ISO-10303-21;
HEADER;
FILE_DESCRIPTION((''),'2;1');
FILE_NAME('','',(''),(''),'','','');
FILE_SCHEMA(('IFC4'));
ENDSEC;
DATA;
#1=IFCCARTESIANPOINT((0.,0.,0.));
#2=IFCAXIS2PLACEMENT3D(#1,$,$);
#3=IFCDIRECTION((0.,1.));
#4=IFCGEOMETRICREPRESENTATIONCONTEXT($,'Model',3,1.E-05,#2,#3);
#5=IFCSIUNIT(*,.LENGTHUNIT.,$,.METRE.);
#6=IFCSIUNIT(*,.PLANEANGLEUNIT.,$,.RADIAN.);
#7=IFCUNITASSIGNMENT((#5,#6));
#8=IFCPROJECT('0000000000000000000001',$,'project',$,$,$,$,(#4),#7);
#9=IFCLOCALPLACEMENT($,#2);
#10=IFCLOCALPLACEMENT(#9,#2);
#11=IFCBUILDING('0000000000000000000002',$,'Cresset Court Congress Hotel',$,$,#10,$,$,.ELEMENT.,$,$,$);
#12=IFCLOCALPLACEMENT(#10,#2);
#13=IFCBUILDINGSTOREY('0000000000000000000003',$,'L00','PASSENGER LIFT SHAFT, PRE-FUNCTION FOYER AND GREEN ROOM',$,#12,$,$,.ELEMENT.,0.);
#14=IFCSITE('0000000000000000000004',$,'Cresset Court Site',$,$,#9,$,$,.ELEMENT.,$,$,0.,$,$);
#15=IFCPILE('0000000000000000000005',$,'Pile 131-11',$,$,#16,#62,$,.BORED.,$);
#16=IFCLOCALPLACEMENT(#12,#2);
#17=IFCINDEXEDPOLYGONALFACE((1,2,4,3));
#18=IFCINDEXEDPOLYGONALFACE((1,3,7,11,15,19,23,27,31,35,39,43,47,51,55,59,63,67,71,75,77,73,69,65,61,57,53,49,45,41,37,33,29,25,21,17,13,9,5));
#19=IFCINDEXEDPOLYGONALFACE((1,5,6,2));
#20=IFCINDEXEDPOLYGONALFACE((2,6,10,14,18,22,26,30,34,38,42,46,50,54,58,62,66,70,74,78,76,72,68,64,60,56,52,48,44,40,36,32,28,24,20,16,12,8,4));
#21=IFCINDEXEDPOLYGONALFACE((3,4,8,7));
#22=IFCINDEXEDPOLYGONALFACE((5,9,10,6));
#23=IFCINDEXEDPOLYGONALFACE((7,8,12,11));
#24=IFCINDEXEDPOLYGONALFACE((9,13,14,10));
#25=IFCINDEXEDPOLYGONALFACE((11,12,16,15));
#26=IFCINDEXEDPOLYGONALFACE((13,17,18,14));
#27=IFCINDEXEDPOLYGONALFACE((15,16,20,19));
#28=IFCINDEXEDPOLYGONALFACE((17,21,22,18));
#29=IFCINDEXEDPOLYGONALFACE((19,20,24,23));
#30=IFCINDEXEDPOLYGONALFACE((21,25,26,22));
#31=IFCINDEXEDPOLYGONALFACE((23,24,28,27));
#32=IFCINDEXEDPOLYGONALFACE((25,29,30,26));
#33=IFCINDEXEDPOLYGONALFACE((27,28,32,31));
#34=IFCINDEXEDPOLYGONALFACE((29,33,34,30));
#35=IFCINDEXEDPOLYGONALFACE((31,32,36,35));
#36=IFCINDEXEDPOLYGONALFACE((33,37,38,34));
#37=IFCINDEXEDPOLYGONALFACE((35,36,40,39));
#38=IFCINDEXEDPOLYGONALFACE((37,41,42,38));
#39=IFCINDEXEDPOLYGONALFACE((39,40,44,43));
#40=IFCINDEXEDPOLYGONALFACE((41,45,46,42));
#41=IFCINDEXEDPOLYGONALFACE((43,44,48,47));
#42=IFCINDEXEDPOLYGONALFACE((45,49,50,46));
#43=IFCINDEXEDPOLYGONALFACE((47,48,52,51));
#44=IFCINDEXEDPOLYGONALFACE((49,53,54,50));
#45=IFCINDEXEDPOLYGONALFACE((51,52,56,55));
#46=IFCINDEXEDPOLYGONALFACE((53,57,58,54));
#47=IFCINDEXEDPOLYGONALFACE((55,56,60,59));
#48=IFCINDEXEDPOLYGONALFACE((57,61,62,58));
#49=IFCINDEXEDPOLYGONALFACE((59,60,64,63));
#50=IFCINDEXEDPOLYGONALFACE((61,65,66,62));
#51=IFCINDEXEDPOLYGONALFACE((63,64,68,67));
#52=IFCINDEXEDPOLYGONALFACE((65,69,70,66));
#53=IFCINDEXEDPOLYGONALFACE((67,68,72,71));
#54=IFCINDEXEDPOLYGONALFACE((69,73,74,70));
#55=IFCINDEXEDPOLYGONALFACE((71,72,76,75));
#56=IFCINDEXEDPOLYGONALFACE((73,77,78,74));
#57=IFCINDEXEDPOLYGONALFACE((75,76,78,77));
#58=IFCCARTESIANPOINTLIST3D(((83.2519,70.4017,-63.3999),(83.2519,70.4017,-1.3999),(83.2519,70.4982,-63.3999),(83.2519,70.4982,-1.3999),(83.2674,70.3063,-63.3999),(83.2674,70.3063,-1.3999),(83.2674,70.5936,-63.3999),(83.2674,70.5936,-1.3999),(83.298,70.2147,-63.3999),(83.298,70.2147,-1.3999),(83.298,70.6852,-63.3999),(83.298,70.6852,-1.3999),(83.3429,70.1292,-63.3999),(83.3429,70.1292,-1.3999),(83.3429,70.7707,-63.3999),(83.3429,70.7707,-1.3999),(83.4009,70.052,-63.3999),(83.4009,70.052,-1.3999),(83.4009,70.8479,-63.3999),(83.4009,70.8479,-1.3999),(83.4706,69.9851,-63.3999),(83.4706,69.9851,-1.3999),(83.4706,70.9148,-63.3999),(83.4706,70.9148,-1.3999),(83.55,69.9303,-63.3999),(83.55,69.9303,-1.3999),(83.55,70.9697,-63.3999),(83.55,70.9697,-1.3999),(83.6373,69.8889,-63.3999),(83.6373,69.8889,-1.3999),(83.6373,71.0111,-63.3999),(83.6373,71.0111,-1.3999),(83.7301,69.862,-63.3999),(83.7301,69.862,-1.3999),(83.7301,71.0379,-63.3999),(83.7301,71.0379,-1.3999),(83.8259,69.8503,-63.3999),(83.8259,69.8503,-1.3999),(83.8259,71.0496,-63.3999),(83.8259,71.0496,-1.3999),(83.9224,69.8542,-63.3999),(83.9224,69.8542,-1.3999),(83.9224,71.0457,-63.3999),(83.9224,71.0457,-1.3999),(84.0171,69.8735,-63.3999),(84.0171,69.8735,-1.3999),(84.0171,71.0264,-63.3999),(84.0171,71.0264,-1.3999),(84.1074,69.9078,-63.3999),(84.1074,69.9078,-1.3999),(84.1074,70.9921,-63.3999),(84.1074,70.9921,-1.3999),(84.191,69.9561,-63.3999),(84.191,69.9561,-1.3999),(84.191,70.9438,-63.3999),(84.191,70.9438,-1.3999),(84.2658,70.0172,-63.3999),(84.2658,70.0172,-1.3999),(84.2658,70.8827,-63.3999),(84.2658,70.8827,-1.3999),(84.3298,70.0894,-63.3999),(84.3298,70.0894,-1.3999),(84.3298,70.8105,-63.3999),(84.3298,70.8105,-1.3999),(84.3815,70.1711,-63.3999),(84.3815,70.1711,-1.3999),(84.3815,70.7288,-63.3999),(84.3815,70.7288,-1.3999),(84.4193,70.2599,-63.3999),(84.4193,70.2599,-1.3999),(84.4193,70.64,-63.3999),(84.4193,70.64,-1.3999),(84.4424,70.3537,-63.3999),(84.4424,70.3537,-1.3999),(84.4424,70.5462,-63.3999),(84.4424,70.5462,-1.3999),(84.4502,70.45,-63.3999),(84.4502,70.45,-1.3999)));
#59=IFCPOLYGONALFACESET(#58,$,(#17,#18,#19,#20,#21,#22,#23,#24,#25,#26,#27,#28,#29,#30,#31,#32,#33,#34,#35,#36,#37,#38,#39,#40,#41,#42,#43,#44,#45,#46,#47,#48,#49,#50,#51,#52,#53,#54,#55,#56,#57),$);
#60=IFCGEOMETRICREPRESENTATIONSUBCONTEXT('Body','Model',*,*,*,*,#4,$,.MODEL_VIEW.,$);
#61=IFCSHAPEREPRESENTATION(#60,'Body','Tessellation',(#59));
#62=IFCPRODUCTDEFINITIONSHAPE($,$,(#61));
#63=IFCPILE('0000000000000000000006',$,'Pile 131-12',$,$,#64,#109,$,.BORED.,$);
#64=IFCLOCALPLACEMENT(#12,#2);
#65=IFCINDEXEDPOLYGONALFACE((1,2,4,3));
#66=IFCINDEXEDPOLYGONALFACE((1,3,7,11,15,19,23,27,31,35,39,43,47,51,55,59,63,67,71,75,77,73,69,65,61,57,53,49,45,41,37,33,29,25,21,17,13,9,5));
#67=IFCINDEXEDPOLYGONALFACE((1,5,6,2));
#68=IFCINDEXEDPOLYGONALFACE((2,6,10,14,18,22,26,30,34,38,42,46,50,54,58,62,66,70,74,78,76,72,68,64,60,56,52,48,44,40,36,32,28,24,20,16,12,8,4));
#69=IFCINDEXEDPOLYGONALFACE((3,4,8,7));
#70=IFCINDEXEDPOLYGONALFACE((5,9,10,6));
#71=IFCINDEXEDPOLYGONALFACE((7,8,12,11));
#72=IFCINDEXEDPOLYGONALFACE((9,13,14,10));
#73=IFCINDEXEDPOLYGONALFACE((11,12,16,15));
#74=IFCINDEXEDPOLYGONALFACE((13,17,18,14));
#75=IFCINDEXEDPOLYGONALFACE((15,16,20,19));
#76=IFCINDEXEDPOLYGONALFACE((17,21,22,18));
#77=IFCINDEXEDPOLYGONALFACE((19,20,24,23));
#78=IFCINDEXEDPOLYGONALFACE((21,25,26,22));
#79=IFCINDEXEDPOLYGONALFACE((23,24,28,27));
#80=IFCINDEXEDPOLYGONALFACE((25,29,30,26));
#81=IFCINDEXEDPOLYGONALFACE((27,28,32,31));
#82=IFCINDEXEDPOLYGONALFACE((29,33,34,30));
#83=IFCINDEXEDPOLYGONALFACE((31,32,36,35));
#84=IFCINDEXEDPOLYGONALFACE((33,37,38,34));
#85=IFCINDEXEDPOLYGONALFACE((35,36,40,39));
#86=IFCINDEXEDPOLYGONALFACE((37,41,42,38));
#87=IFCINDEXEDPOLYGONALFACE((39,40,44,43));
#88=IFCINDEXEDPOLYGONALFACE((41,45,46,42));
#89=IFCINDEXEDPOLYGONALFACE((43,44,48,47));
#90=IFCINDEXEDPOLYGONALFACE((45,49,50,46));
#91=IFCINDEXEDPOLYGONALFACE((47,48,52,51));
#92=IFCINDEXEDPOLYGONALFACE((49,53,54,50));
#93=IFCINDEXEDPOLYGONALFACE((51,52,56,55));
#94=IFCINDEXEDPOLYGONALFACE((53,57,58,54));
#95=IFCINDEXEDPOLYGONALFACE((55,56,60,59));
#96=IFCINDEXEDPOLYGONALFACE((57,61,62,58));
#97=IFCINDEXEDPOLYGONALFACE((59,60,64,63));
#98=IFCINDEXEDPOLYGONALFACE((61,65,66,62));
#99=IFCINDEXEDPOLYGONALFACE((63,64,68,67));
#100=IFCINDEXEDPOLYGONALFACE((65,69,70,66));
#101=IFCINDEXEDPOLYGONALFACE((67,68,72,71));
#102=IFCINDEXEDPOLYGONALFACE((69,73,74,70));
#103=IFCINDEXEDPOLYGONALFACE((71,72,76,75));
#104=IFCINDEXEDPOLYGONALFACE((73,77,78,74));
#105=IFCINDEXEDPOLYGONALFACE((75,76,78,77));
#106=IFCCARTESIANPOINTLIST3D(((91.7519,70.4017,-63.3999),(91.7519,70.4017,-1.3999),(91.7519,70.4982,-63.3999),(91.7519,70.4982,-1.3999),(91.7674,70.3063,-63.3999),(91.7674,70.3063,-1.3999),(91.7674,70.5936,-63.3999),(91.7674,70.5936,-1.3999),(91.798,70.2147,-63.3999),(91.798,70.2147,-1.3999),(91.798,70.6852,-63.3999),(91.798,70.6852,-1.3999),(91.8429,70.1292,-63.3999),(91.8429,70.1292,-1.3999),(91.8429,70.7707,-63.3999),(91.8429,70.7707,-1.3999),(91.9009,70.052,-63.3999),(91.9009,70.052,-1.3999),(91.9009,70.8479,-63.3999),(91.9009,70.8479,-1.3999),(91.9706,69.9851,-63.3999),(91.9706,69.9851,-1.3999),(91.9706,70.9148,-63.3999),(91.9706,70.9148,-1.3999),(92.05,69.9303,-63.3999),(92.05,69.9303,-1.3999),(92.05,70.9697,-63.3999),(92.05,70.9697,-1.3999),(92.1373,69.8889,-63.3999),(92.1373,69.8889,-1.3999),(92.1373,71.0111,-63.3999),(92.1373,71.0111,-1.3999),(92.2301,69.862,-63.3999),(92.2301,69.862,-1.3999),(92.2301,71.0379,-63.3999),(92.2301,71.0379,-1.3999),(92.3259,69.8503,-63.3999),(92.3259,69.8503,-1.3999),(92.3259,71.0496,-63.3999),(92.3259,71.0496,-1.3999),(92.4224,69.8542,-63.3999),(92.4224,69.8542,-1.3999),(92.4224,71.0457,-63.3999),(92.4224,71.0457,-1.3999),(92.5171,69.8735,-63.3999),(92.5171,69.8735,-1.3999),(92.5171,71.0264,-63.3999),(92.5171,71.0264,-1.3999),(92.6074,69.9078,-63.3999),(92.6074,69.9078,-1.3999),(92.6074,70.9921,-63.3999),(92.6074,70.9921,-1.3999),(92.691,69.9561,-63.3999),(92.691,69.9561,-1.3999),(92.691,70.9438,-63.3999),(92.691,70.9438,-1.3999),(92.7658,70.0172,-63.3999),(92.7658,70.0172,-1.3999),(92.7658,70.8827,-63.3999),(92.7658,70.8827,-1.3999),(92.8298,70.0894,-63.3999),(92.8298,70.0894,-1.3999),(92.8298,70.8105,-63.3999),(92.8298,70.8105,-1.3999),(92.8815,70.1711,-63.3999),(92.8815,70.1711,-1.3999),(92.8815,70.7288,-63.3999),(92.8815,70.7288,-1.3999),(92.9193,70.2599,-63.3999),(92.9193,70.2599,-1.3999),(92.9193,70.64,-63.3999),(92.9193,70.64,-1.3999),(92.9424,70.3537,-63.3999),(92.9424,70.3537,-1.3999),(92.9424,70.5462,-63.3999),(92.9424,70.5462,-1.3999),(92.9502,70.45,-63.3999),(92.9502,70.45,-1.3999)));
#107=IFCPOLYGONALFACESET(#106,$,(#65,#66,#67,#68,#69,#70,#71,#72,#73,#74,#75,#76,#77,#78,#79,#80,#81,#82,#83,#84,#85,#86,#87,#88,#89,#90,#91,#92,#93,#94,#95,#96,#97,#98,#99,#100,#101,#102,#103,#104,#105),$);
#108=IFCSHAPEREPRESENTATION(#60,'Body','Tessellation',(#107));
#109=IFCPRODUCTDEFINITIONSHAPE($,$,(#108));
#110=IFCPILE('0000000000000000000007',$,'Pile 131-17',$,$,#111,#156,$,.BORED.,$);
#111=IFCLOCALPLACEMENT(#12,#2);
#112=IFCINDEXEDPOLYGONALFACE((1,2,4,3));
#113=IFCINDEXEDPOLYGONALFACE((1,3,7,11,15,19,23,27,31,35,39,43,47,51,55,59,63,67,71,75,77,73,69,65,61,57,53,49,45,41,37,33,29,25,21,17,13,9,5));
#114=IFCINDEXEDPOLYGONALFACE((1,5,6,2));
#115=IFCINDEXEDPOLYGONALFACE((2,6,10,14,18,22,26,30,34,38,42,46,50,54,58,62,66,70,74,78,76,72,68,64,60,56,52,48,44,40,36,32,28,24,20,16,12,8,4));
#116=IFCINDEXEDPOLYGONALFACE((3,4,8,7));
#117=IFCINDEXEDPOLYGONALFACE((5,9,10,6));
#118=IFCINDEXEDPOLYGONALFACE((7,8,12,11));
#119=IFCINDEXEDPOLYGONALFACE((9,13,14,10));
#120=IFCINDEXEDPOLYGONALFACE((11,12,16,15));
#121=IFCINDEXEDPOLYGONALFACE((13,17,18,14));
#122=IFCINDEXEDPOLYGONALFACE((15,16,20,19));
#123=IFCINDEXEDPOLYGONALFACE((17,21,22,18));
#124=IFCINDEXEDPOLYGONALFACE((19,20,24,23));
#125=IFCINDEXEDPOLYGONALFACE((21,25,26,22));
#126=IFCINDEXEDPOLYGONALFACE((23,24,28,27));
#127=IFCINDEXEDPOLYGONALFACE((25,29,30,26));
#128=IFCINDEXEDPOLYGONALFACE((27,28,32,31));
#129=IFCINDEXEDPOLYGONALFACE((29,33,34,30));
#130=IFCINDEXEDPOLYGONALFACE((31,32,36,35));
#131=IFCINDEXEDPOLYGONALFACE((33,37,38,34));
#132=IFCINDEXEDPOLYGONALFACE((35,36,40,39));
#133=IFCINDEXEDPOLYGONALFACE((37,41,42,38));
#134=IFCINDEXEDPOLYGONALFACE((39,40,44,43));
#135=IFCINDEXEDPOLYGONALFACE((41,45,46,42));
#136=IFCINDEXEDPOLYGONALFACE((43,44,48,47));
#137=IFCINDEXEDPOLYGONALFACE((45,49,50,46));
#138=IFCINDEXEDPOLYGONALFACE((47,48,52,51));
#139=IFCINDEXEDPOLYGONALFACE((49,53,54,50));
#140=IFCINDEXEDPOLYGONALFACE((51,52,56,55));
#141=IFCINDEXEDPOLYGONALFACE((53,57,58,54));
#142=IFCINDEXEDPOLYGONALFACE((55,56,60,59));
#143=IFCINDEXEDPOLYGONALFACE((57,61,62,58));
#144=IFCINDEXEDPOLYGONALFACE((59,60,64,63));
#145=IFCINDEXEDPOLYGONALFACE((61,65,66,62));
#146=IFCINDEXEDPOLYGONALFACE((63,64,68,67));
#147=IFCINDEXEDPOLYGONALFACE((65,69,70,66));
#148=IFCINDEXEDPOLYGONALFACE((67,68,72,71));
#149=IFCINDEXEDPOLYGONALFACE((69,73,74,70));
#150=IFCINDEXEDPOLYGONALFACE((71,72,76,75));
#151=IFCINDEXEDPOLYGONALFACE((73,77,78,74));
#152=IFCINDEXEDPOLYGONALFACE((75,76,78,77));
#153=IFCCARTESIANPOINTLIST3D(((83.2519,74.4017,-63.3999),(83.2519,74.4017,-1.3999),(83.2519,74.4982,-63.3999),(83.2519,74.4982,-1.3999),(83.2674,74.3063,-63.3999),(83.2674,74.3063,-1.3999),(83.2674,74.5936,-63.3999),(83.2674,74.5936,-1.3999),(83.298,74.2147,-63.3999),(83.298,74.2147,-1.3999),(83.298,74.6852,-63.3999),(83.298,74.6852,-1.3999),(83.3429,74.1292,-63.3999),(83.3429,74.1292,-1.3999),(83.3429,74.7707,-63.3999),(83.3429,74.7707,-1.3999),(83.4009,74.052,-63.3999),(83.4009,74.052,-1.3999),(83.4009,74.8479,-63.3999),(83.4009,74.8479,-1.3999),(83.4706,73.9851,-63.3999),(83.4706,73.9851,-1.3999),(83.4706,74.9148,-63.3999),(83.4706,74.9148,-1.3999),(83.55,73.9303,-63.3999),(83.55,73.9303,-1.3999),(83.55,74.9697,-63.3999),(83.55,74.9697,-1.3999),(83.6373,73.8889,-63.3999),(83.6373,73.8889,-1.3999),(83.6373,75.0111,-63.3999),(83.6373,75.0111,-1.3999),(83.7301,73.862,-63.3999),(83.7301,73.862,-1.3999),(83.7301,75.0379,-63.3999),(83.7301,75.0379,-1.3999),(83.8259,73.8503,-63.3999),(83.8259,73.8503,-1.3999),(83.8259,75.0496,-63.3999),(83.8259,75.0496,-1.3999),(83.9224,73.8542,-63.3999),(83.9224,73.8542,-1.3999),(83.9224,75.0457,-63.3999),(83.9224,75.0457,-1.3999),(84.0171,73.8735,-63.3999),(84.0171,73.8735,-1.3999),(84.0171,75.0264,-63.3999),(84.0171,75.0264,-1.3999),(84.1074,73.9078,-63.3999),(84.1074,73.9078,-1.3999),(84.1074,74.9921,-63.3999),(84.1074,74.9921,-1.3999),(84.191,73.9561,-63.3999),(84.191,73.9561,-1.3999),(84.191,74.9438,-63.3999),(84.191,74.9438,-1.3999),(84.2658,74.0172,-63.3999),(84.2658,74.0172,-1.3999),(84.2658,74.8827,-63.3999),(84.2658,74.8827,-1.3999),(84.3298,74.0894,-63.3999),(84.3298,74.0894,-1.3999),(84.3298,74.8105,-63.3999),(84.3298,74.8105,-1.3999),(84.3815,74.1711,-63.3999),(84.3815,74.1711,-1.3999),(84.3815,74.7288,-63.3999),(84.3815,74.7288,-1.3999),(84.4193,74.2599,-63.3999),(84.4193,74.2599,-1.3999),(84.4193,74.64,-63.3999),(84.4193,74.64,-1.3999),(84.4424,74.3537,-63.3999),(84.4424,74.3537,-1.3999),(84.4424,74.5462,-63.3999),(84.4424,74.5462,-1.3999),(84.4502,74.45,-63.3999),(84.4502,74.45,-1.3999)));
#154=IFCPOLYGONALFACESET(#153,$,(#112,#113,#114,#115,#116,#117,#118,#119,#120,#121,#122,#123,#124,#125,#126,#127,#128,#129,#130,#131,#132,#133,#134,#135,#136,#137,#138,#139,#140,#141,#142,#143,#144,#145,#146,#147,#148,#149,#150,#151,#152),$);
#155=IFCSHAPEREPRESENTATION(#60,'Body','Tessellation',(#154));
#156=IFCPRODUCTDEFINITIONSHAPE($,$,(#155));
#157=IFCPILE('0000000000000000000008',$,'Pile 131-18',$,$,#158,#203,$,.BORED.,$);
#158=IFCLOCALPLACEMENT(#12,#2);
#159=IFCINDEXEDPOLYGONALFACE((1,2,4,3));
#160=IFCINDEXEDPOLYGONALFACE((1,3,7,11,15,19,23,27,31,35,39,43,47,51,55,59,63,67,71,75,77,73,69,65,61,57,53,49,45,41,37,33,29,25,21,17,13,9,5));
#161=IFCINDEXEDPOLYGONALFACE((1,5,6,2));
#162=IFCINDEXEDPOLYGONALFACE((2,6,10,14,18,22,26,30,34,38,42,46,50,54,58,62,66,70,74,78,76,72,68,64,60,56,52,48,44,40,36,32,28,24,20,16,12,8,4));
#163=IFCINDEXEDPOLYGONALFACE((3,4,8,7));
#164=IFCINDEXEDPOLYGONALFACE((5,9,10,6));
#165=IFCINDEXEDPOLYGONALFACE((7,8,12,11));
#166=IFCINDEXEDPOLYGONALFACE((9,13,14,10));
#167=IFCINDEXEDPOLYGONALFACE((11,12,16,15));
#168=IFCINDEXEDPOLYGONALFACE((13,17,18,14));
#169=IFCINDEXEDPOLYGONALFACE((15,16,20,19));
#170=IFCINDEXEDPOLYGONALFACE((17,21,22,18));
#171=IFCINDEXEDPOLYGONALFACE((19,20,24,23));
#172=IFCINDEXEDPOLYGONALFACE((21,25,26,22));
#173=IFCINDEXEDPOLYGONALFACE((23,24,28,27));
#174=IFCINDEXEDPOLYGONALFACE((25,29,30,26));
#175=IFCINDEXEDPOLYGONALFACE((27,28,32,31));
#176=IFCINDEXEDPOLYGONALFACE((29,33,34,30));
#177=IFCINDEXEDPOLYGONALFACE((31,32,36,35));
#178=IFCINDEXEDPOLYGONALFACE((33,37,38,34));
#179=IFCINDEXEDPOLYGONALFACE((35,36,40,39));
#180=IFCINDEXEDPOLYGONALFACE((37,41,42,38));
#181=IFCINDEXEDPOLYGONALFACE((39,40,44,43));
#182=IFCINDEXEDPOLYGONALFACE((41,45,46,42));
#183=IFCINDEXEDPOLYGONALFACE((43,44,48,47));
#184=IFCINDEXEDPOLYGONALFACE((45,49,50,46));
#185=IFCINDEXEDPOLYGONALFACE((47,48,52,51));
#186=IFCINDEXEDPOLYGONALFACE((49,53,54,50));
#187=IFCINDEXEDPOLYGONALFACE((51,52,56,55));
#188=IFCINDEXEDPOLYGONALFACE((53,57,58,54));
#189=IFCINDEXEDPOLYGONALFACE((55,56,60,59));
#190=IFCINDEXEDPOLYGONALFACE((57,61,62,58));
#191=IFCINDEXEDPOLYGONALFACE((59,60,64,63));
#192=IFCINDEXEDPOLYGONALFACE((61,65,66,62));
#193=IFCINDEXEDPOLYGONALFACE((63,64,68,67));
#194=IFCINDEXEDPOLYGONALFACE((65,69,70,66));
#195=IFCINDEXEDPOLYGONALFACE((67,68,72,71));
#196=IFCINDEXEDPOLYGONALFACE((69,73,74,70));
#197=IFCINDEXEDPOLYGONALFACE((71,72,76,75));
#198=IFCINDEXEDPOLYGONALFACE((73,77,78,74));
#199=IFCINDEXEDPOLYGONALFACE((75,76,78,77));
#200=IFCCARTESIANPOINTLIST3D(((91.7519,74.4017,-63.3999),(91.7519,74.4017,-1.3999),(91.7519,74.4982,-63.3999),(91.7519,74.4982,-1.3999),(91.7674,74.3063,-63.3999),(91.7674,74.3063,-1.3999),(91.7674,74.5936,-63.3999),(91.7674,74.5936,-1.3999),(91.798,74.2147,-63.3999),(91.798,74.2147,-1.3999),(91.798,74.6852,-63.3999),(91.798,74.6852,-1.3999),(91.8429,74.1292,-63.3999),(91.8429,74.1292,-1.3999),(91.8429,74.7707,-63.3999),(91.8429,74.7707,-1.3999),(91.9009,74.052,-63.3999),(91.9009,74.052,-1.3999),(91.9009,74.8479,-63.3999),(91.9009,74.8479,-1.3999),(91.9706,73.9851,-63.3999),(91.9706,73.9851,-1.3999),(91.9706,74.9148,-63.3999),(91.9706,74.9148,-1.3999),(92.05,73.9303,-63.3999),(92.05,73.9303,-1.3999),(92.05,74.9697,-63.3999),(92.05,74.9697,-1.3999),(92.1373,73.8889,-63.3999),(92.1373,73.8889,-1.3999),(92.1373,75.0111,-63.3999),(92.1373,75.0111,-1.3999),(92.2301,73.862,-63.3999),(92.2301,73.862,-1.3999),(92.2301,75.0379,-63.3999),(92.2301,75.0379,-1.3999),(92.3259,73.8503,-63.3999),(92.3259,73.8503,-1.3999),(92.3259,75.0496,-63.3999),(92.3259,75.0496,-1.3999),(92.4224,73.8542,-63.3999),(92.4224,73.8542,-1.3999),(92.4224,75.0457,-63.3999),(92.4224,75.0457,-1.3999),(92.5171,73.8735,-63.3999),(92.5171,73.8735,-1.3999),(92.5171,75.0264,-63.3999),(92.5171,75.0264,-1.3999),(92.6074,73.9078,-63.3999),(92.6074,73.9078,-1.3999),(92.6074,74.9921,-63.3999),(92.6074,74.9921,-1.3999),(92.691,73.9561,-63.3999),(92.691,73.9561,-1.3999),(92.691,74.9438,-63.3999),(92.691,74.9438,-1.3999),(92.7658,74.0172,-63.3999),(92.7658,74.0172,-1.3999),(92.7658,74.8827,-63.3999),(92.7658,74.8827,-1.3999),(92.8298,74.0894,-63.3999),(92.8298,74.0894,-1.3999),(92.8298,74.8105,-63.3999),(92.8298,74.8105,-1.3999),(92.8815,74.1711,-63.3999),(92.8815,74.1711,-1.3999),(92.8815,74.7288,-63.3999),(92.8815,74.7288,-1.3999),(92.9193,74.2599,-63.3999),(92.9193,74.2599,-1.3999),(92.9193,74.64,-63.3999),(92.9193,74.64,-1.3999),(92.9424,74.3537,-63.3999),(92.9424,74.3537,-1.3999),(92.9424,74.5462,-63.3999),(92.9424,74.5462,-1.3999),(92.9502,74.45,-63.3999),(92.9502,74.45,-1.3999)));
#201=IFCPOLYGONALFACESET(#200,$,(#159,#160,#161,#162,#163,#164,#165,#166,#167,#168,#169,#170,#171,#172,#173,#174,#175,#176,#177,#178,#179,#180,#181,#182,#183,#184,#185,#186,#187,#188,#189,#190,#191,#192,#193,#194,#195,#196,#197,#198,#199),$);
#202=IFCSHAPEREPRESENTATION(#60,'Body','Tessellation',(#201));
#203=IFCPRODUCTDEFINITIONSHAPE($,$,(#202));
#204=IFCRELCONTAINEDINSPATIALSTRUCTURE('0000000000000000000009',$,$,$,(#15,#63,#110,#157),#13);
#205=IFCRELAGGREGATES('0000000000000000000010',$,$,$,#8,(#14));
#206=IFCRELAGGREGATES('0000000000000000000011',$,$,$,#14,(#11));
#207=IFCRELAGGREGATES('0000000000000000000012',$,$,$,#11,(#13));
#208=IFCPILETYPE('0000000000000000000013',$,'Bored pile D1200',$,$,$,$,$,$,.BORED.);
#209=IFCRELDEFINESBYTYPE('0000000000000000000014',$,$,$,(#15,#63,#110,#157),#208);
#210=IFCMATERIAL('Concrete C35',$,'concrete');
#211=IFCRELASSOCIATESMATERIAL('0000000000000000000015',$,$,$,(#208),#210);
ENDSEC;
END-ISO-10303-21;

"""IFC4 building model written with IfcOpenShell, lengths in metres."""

from ifc_helpers import new_model, si_unit, direction, frame, origin, origin_2d, place, context, subcontext, project, spatial, circle, extrude, material, type_object, element, save


model = new_model("IFC4")

# Units and contexts
model_context = context("Model", 3, precision=1e-05, world=origin(), true_north=direction((0.0, 1.0)))
body_context = subcontext(model_context, "Body", "Model", "MODEL_VIEW")
ifc_project = project(units=[si_unit("LENGTHUNIT", "METRE"), si_unit("PLANEANGLEUNIT", "RADIAN")], contexts=[model_context])

# Site, building, storey
site_placement = place(None, origin())
site = spatial("IfcSite", under=ifc_project, at=site_placement, Name="Cresset Court Site", CompositionType="ELEMENT", RefElevation=0.0)
building_placement = place(site_placement, origin())
building = spatial("IfcBuilding", under=site, at=building_placement, Name="Cresset Court Congress Hotel", CompositionType="ELEMENT")
storey_placement = place(building_placement, origin())
storey = spatial("IfcBuildingStorey", under=building, at=storey_placement, Name="L00", Description="PASSENGER LIFT SHAFT, PRE-FUNCTION FOYER AND GREEN ROOM", CompositionType="ELEMENT", Elevation=0.0)

# Piles
ifc_material_1 = material(Name="Concrete C35", Category="concrete")
pile_type = type_object("IfcPileType", Name="Bored pile D1200", PredefinedType="BORED", material=ifc_material_1)
for number, where, z_axis, x_axis, name in (
    (1, (83.8501, 70.45, -1.3999), (0.0, 0.0, -1.0), (1.0, 0.0, 0.0), "Pile 131-11"),
    (2, (92.3501, 70.45, -1.3999), (0.0, 0.0, -1.0), (1.0, 0.0, 0.0), "Pile 131-12"),
    (3, (83.8501, 74.45, -1.3999), (0.0, 0.0, -1.0), (1.0, 0.0, 0.0), "Pile 131-17"),
    (4, (92.3501, 74.45, -1.3999), (0.0, 0.0, -1.0), (1.0, 0.0, 0.0), "Pile 131-18"),
):
    element("IfcPile", number, at=place(storey_placement, frame(where, z_axis=z_axis, x_axis=x_axis)), inside=storey, type_object=pile_type, Name=name, PredefinedType="BORED", context=body_context, shape_type="SweptSolid", body=[
        extrude(circle(Radius=0.6001, at=origin_2d()), origin(), (0.0, 0.0, 1.0), 62.0),
    ])

save(model, "model.ifc")
